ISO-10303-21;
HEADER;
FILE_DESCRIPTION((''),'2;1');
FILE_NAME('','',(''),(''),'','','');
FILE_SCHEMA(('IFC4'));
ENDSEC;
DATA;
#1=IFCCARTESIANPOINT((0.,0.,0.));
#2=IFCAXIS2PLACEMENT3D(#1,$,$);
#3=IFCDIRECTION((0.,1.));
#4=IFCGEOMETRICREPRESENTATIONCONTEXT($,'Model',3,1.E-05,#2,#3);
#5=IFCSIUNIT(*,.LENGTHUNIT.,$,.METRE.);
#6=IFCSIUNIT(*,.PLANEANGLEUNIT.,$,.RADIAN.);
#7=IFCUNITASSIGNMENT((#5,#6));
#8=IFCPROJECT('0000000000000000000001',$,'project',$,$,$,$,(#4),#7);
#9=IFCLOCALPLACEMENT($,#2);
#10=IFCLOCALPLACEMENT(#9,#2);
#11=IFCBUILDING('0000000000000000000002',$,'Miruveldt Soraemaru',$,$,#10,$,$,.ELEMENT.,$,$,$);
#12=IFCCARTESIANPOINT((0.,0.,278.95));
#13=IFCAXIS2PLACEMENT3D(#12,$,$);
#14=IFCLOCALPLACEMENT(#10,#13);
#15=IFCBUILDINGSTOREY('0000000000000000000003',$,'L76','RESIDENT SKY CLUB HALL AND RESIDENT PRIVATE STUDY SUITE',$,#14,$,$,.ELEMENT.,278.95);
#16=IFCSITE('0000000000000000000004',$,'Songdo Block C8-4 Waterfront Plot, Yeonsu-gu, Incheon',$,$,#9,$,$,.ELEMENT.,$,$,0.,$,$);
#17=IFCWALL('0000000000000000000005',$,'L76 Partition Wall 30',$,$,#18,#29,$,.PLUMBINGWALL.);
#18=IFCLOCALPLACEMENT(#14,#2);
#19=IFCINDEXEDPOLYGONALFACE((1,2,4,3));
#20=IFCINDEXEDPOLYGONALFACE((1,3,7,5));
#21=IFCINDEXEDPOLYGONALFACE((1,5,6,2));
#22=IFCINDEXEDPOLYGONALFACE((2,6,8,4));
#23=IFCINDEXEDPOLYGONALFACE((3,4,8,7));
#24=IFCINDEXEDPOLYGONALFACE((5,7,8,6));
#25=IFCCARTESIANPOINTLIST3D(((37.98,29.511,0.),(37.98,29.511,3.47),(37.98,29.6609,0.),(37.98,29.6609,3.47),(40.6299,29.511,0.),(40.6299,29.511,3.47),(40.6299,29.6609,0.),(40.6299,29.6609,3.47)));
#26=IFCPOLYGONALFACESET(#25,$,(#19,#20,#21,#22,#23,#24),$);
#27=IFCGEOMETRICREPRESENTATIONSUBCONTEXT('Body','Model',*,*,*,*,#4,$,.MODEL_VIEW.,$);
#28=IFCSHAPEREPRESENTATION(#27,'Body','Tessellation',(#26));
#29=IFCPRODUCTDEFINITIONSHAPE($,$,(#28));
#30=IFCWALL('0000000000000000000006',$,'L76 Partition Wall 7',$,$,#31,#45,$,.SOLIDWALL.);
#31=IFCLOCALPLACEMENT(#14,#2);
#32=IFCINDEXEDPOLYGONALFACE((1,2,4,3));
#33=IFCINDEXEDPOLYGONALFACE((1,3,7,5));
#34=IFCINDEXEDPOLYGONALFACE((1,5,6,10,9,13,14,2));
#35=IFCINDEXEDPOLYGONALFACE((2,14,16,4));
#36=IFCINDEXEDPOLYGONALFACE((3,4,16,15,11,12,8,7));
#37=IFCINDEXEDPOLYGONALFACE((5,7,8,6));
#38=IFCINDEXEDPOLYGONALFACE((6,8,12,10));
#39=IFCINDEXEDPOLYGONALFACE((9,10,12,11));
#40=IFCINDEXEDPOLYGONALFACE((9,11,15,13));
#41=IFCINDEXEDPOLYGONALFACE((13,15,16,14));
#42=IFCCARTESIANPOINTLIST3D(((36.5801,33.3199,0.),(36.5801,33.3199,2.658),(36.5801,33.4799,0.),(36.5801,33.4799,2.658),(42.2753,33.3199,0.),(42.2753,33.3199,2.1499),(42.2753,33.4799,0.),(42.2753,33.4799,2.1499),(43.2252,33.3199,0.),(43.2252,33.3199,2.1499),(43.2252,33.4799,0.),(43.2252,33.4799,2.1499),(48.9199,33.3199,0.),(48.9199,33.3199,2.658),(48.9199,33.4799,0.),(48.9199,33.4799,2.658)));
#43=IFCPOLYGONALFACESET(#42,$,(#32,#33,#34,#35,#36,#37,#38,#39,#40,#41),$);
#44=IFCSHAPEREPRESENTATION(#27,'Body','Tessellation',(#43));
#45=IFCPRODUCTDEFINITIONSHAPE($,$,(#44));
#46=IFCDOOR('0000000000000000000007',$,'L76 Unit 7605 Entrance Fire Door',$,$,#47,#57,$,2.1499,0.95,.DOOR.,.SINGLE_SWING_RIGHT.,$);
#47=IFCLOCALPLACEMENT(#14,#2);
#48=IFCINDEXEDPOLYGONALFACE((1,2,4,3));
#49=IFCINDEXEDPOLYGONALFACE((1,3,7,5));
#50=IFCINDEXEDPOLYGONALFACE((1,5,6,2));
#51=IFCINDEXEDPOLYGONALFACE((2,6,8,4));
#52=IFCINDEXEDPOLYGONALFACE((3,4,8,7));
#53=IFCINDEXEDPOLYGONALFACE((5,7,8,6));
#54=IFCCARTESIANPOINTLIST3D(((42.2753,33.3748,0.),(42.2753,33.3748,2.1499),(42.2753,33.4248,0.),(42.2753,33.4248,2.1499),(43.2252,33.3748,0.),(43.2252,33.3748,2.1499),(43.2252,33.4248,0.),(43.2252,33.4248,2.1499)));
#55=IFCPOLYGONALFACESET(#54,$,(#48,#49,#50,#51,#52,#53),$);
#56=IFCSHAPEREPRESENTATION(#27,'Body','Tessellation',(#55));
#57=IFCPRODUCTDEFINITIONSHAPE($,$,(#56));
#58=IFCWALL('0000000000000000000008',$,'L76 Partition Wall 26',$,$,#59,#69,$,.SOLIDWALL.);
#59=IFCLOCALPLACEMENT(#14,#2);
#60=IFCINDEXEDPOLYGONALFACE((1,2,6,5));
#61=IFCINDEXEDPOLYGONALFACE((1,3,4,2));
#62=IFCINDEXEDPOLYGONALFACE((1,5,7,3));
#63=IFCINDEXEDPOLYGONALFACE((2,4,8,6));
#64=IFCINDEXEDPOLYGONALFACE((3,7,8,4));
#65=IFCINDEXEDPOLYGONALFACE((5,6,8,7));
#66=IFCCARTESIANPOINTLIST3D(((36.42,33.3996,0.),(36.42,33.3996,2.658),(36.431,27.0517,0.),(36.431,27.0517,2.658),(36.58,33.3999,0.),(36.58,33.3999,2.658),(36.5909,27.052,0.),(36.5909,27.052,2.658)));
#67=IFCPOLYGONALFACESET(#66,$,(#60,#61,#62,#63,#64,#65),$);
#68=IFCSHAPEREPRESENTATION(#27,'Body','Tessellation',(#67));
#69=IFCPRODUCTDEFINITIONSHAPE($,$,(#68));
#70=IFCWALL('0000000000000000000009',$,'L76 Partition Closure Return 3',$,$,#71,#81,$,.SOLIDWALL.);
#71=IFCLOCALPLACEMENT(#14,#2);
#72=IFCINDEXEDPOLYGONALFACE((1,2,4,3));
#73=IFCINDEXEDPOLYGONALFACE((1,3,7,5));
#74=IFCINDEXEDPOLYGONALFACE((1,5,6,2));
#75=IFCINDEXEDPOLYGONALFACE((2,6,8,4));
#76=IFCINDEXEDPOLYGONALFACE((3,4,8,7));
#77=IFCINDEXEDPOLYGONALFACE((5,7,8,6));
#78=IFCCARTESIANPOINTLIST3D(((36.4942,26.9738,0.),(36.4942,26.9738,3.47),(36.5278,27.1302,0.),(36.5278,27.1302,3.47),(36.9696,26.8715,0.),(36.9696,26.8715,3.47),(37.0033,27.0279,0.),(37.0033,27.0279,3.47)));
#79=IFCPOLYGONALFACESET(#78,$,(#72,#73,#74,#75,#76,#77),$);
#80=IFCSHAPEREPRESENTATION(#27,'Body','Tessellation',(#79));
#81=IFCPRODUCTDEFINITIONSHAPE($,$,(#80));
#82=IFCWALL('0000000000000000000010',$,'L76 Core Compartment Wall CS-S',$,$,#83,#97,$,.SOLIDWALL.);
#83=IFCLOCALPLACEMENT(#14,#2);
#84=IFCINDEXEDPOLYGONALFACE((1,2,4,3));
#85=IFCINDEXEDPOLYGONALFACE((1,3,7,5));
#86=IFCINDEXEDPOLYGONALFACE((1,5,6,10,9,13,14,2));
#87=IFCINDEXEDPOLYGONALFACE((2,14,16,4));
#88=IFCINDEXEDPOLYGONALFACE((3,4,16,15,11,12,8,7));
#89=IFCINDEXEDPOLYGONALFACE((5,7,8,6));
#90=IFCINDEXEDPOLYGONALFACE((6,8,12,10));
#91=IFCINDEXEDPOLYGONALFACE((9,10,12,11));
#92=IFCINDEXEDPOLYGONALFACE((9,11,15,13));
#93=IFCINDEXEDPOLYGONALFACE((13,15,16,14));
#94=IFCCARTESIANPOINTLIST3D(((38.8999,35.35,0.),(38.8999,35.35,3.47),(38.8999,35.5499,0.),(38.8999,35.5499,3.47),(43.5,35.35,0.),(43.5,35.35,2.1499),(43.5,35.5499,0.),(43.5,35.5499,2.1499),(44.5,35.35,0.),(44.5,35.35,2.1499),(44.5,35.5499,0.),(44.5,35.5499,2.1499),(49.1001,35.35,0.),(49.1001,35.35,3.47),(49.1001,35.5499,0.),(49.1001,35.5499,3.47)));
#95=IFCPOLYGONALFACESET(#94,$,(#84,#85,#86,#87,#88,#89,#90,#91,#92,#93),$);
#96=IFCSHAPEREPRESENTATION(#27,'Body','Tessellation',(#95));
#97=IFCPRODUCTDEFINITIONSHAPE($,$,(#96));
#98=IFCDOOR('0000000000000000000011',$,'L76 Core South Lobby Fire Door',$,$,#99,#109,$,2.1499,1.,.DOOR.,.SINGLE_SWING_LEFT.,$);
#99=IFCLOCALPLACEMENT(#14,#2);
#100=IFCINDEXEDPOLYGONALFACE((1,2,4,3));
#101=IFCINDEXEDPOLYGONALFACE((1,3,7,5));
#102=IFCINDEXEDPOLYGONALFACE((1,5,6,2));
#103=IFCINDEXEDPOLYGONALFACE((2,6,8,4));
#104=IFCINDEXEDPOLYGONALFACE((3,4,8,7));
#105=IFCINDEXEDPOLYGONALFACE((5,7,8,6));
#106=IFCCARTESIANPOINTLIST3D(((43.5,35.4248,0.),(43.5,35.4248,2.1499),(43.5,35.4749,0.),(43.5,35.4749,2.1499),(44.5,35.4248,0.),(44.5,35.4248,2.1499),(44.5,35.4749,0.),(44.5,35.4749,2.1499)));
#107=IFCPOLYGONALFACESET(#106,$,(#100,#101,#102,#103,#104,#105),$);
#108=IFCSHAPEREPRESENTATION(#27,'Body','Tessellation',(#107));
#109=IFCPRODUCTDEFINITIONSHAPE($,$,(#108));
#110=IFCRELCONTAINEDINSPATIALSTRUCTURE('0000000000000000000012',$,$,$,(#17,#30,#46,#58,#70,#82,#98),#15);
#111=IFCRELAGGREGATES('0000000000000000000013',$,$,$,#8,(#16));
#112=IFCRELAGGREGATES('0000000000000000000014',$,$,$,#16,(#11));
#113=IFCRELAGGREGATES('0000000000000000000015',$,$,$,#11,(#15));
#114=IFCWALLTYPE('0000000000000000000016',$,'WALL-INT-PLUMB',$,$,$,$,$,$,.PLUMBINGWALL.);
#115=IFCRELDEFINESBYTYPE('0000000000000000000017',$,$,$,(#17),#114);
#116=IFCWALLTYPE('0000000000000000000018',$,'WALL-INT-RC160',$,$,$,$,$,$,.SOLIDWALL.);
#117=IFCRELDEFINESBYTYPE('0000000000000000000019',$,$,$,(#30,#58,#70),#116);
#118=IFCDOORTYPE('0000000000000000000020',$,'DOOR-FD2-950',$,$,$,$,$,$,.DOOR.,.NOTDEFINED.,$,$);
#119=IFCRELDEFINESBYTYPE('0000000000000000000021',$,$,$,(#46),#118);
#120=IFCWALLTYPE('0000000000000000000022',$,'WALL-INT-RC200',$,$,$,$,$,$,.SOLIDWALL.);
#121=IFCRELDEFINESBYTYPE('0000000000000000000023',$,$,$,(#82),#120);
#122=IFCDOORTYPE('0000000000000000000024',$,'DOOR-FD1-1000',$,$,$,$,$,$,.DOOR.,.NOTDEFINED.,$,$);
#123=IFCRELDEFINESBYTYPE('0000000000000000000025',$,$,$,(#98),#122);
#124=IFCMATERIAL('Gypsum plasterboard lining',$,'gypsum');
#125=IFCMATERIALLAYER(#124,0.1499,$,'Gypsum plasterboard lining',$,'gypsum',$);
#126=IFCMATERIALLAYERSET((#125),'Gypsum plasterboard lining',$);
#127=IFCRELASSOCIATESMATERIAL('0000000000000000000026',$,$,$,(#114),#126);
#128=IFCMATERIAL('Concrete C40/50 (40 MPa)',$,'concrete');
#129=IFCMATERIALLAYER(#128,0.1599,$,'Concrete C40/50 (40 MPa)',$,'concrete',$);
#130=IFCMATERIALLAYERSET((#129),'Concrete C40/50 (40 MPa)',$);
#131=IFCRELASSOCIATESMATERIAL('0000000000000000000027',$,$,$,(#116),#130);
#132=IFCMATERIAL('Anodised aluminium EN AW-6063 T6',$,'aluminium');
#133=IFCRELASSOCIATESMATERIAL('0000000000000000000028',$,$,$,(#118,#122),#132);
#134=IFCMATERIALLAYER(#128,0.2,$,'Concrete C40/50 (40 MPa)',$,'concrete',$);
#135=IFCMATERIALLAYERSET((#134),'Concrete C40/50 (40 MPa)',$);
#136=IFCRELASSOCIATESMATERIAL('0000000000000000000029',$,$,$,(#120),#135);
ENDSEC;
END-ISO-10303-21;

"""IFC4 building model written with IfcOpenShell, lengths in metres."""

from ifc_helpers import new_model, si_unit, direction, frame, frame_2d, origin, place, context, subcontext, project, spatial, rectangle, extrude, material, layer, layer_set, type_object, element, fill, save


model = new_model("IFC4")

# Units and contexts
model_context = context("Model", 3, precision=1e-05, world=origin(), true_north=direction((0.0, 1.0)))
body_context = subcontext(model_context, "Body", "Model", "MODEL_VIEW")
ifc_project = project(units=[si_unit("LENGTHUNIT", "METRE"), si_unit("PLANEANGLEUNIT", "RADIAN")], contexts=[model_context])

# Site, building, storey
site_placement = place(None, origin())
site = spatial("IfcSite", under=ifc_project, at=site_placement, Name="Songdo Block C8-4 Waterfront Plot, Yeonsu-gu, Incheon", CompositionType="ELEMENT", RefElevation=0.0)
building_placement = place(site_placement, origin())
building = spatial("IfcBuilding", under=site, at=building_placement, Name="Miruveldt Soraemaru", CompositionType="ELEMENT")
storey_placement = place(building_placement, frame((0.0, 0.0, 278.95)))
storey = spatial("IfcBuildingStorey", under=building, at=storey_placement, Name="L76", Description="RESIDENT SKY CLUB HALL AND RESIDENT PRIVATE STUDY SUITE", CompositionType="ELEMENT", Elevation=278.95)

# Shared definitions
ifc_material_1 = material(Name="Anodised aluminium EN AW-6063 T6", Category="aluminium")

# Shared definitions
ifc_material_2 = material(Name="Gypsum plasterboard lining", Category="gypsum")

# Shared definitions
ifc_layer_1 = layer(ifc_material_2, 0.1499, Name="Gypsum plasterboard lining", Category="gypsum")
ifc_layer_set_1 = layer_set([ifc_layer_1], Name="Gypsum plasterboard lining")
wall_type_1 = type_object("IfcWallType", Name="WALL-INT-PLUMB", PredefinedType="PLUMBINGWALL", material=ifc_layer_set_1)

# Wall
wall_1_placement = place(storey_placement, frame((37.98, 29.5859, 0.0), z_axis=(0.0, 0.0, 1.0), x_axis=(1.0, 0.0, 0.0)))
element("IfcWall", 1, at=wall_1_placement, inside=storey, type_object=wall_type_1, Name="L76 Partition Wall 30", PredefinedType="PLUMBINGWALL", context=body_context, shape_type="SweptSolid", body=[
    extrude(rectangle(XDim=2.6499, YDim=0.1499, at=frame_2d((1.325, 0.0))), origin(), (0.0, 0.0, 1.0), 3.47),
])

# Wall, opening, door
ifc_material_3 = material(Name="Concrete C40/50 (40 MPa)", Category="concrete")
ifc_layer_2 = layer(ifc_material_3, 0.1599, Name="Concrete C40/50 (40 MPa)", Category="concrete")
ifc_layer_set_2 = layer_set([ifc_layer_2], Name="Concrete C40/50 (40 MPa)")
wall_type_2 = type_object("IfcWallType", Name="WALL-INT-RC160", PredefinedType="SOLIDWALL", material=ifc_layer_set_2)
wall_2_placement = place(storey_placement, frame((36.5801, 33.3999, 0.0), z_axis=(0.0, 0.0, 1.0), x_axis=(1.0, 0.0, 0.0)))
wall_2 = element("IfcWall", 2, at=wall_2_placement, inside=storey, type_object=wall_type_2, Name="L76 Partition Wall 7", PredefinedType="SOLIDWALL", context=body_context, shape_type="SweptSolid", body=[
    extrude(rectangle(XDim=12.3398, YDim=0.1599, at=frame_2d((6.1699, 0.0))), origin(), (0.0, 0.0, 1.0), 2.658),
])
opening_1_placement = place(wall_2_placement, frame((5.6951, 0.0, 0.0)))
opening_1 = element("IfcOpeningElement", 3, at=opening_1_placement, cuts=wall_2, PredefinedType="OPENING", context=body_context, shape_type="SweptSolid", body=[
    extrude(rectangle(XDim=0.95, YDim=2.1499, at=frame_2d((0.4751, 1.075))), frame((0.0, 0.0898, 0.0), z_axis=(0.0, -1.0, 0.0), x_axis=(1.0, 0.0, 0.0)), (0.0, 0.0, 1.0), 0.1799),
])
door_type_1 = type_object("IfcDoorType", Name="DOOR-FD2-950", OperationType="NOTDEFINED", PredefinedType="DOOR", material=ifc_material_1)
door_1_placement = place(opening_1_placement, origin())
door_1 = element("IfcDoor", 4, at=door_1_placement, inside=storey, type_object=door_type_1, Name="L76 Unit 7605 Entrance Fire Door", OperationType="SINGLE_SWING_RIGHT", OverallHeight=2.1499, OverallWidth=0.95, PredefinedType="DOOR", context=body_context, shape_type="SweptSolid", body=[
    extrude(rectangle(XDim=0.95, YDim=2.1499, at=frame_2d((0.4751, 1.075))), frame((0.0, 0.0249, 0.0), z_axis=(0.0, -1.0, 0.0), x_axis=(1.0, 0.0, 0.0)), (0.0, 0.0, 1.0), 0.05),
])
fill(opening_1, door_1)

# Walls
wall_3_placement = place(storey_placement, frame((36.511, 27.052, 0.0), z_axis=(0.0, 0.0, 1.0), x_axis=(-0.001731, 0.999999, 0.0)))
element("IfcWall", 5, at=wall_3_placement, inside=storey, type_object=wall_type_2, Name="L76 Partition Wall 26", PredefinedType="SOLIDWALL", context=body_context, shape_type="SweptSolid", body=[
    extrude(rectangle(XDim=6.3479, YDim=0.1599, at=frame_2d((3.1738, 0.0))), origin(), (0.0, 0.0, 1.0), 2.658),
])
wall_4_placement = place(storey_placement, frame((36.511, 27.052, 0.0), z_axis=(0.0, 0.0, 1.0), x_axis=(0.977618, -0.210386, 0.0)))
element("IfcWall", 6, at=wall_4_placement, inside=storey, type_object=wall_type_2, Name="L76 Partition Closure Return 3", PredefinedType="SOLIDWALL", context=body_context, shape_type="SweptSolid", body=[
    extrude(rectangle(XDim=0.4863, YDim=0.1599, at=frame_2d((0.2432, 0.0))), origin(), (0.0, 0.0, 1.0), 3.47),
])

# Wall, opening, door
ifc_layer_3 = layer(ifc_material_3, 0.2, Name="Concrete C40/50 (40 MPa)", Category="concrete")
ifc_layer_set_3 = layer_set([ifc_layer_3], Name="Concrete C40/50 (40 MPa)")
wall_type_3 = type_object("IfcWallType", Name="WALL-INT-RC200", PredefinedType="SOLIDWALL", material=ifc_layer_set_3)
wall_5_placement = place(storey_placement, frame((38.8999, 35.45, 0.0), z_axis=(0.0, 0.0, 1.0), x_axis=(1.0, 0.0, 0.0)))
wall_5 = element("IfcWall", 7, at=wall_5_placement, inside=storey, type_object=wall_type_3, Name="L76 Core Compartment Wall CS-S", PredefinedType="SOLIDWALL", context=body_context, shape_type="SweptSolid", body=[
    extrude(rectangle(XDim=10.2002, YDim=0.2, at=frame_2d((5.1001, 0.0))), origin(), (0.0, 0.0, 1.0), 3.47),
])
opening_2_placement = place(wall_5_placement, frame((4.6001, 0.0, 0.0)))
opening_2 = element("IfcOpeningElement", 8, at=opening_2_placement, cuts=wall_5, PredefinedType="OPENING", context=body_context, shape_type="SweptSolid", body=[
    extrude(rectangle(XDim=1.0, YDim=2.1499, at=frame_2d((0.5, 1.075))), frame((0.0, 0.1099, 0.0), z_axis=(0.0, -1.0, 0.0), x_axis=(1.0, 0.0, 0.0)), (0.0, 0.0, 1.0), 0.22),
])
door_type_2 = type_object("IfcDoorType", Name="DOOR-FD1-1000", OperationType="NOTDEFINED", PredefinedType="DOOR", material=ifc_material_1)
door_2_placement = place(opening_2_placement, origin())
door_2 = element("IfcDoor", 9, at=door_2_placement, inside=storey, type_object=door_type_2, Name="L76 Core South Lobby Fire Door", OperationType="SINGLE_SWING_LEFT", OverallHeight=2.1499, OverallWidth=1.0, PredefinedType="DOOR", context=body_context, shape_type="SweptSolid", body=[
    extrude(rectangle(XDim=1.0, YDim=2.1499, at=frame_2d((0.5, 1.075))), frame((0.0, 0.0249, 0.0), z_axis=(0.0, -1.0, 0.0), x_axis=(1.0, 0.0, 0.0)), (0.0, 0.0, 1.0), 0.05),
])
fill(opening_2, door_2)

save(model, "model.ifc")
